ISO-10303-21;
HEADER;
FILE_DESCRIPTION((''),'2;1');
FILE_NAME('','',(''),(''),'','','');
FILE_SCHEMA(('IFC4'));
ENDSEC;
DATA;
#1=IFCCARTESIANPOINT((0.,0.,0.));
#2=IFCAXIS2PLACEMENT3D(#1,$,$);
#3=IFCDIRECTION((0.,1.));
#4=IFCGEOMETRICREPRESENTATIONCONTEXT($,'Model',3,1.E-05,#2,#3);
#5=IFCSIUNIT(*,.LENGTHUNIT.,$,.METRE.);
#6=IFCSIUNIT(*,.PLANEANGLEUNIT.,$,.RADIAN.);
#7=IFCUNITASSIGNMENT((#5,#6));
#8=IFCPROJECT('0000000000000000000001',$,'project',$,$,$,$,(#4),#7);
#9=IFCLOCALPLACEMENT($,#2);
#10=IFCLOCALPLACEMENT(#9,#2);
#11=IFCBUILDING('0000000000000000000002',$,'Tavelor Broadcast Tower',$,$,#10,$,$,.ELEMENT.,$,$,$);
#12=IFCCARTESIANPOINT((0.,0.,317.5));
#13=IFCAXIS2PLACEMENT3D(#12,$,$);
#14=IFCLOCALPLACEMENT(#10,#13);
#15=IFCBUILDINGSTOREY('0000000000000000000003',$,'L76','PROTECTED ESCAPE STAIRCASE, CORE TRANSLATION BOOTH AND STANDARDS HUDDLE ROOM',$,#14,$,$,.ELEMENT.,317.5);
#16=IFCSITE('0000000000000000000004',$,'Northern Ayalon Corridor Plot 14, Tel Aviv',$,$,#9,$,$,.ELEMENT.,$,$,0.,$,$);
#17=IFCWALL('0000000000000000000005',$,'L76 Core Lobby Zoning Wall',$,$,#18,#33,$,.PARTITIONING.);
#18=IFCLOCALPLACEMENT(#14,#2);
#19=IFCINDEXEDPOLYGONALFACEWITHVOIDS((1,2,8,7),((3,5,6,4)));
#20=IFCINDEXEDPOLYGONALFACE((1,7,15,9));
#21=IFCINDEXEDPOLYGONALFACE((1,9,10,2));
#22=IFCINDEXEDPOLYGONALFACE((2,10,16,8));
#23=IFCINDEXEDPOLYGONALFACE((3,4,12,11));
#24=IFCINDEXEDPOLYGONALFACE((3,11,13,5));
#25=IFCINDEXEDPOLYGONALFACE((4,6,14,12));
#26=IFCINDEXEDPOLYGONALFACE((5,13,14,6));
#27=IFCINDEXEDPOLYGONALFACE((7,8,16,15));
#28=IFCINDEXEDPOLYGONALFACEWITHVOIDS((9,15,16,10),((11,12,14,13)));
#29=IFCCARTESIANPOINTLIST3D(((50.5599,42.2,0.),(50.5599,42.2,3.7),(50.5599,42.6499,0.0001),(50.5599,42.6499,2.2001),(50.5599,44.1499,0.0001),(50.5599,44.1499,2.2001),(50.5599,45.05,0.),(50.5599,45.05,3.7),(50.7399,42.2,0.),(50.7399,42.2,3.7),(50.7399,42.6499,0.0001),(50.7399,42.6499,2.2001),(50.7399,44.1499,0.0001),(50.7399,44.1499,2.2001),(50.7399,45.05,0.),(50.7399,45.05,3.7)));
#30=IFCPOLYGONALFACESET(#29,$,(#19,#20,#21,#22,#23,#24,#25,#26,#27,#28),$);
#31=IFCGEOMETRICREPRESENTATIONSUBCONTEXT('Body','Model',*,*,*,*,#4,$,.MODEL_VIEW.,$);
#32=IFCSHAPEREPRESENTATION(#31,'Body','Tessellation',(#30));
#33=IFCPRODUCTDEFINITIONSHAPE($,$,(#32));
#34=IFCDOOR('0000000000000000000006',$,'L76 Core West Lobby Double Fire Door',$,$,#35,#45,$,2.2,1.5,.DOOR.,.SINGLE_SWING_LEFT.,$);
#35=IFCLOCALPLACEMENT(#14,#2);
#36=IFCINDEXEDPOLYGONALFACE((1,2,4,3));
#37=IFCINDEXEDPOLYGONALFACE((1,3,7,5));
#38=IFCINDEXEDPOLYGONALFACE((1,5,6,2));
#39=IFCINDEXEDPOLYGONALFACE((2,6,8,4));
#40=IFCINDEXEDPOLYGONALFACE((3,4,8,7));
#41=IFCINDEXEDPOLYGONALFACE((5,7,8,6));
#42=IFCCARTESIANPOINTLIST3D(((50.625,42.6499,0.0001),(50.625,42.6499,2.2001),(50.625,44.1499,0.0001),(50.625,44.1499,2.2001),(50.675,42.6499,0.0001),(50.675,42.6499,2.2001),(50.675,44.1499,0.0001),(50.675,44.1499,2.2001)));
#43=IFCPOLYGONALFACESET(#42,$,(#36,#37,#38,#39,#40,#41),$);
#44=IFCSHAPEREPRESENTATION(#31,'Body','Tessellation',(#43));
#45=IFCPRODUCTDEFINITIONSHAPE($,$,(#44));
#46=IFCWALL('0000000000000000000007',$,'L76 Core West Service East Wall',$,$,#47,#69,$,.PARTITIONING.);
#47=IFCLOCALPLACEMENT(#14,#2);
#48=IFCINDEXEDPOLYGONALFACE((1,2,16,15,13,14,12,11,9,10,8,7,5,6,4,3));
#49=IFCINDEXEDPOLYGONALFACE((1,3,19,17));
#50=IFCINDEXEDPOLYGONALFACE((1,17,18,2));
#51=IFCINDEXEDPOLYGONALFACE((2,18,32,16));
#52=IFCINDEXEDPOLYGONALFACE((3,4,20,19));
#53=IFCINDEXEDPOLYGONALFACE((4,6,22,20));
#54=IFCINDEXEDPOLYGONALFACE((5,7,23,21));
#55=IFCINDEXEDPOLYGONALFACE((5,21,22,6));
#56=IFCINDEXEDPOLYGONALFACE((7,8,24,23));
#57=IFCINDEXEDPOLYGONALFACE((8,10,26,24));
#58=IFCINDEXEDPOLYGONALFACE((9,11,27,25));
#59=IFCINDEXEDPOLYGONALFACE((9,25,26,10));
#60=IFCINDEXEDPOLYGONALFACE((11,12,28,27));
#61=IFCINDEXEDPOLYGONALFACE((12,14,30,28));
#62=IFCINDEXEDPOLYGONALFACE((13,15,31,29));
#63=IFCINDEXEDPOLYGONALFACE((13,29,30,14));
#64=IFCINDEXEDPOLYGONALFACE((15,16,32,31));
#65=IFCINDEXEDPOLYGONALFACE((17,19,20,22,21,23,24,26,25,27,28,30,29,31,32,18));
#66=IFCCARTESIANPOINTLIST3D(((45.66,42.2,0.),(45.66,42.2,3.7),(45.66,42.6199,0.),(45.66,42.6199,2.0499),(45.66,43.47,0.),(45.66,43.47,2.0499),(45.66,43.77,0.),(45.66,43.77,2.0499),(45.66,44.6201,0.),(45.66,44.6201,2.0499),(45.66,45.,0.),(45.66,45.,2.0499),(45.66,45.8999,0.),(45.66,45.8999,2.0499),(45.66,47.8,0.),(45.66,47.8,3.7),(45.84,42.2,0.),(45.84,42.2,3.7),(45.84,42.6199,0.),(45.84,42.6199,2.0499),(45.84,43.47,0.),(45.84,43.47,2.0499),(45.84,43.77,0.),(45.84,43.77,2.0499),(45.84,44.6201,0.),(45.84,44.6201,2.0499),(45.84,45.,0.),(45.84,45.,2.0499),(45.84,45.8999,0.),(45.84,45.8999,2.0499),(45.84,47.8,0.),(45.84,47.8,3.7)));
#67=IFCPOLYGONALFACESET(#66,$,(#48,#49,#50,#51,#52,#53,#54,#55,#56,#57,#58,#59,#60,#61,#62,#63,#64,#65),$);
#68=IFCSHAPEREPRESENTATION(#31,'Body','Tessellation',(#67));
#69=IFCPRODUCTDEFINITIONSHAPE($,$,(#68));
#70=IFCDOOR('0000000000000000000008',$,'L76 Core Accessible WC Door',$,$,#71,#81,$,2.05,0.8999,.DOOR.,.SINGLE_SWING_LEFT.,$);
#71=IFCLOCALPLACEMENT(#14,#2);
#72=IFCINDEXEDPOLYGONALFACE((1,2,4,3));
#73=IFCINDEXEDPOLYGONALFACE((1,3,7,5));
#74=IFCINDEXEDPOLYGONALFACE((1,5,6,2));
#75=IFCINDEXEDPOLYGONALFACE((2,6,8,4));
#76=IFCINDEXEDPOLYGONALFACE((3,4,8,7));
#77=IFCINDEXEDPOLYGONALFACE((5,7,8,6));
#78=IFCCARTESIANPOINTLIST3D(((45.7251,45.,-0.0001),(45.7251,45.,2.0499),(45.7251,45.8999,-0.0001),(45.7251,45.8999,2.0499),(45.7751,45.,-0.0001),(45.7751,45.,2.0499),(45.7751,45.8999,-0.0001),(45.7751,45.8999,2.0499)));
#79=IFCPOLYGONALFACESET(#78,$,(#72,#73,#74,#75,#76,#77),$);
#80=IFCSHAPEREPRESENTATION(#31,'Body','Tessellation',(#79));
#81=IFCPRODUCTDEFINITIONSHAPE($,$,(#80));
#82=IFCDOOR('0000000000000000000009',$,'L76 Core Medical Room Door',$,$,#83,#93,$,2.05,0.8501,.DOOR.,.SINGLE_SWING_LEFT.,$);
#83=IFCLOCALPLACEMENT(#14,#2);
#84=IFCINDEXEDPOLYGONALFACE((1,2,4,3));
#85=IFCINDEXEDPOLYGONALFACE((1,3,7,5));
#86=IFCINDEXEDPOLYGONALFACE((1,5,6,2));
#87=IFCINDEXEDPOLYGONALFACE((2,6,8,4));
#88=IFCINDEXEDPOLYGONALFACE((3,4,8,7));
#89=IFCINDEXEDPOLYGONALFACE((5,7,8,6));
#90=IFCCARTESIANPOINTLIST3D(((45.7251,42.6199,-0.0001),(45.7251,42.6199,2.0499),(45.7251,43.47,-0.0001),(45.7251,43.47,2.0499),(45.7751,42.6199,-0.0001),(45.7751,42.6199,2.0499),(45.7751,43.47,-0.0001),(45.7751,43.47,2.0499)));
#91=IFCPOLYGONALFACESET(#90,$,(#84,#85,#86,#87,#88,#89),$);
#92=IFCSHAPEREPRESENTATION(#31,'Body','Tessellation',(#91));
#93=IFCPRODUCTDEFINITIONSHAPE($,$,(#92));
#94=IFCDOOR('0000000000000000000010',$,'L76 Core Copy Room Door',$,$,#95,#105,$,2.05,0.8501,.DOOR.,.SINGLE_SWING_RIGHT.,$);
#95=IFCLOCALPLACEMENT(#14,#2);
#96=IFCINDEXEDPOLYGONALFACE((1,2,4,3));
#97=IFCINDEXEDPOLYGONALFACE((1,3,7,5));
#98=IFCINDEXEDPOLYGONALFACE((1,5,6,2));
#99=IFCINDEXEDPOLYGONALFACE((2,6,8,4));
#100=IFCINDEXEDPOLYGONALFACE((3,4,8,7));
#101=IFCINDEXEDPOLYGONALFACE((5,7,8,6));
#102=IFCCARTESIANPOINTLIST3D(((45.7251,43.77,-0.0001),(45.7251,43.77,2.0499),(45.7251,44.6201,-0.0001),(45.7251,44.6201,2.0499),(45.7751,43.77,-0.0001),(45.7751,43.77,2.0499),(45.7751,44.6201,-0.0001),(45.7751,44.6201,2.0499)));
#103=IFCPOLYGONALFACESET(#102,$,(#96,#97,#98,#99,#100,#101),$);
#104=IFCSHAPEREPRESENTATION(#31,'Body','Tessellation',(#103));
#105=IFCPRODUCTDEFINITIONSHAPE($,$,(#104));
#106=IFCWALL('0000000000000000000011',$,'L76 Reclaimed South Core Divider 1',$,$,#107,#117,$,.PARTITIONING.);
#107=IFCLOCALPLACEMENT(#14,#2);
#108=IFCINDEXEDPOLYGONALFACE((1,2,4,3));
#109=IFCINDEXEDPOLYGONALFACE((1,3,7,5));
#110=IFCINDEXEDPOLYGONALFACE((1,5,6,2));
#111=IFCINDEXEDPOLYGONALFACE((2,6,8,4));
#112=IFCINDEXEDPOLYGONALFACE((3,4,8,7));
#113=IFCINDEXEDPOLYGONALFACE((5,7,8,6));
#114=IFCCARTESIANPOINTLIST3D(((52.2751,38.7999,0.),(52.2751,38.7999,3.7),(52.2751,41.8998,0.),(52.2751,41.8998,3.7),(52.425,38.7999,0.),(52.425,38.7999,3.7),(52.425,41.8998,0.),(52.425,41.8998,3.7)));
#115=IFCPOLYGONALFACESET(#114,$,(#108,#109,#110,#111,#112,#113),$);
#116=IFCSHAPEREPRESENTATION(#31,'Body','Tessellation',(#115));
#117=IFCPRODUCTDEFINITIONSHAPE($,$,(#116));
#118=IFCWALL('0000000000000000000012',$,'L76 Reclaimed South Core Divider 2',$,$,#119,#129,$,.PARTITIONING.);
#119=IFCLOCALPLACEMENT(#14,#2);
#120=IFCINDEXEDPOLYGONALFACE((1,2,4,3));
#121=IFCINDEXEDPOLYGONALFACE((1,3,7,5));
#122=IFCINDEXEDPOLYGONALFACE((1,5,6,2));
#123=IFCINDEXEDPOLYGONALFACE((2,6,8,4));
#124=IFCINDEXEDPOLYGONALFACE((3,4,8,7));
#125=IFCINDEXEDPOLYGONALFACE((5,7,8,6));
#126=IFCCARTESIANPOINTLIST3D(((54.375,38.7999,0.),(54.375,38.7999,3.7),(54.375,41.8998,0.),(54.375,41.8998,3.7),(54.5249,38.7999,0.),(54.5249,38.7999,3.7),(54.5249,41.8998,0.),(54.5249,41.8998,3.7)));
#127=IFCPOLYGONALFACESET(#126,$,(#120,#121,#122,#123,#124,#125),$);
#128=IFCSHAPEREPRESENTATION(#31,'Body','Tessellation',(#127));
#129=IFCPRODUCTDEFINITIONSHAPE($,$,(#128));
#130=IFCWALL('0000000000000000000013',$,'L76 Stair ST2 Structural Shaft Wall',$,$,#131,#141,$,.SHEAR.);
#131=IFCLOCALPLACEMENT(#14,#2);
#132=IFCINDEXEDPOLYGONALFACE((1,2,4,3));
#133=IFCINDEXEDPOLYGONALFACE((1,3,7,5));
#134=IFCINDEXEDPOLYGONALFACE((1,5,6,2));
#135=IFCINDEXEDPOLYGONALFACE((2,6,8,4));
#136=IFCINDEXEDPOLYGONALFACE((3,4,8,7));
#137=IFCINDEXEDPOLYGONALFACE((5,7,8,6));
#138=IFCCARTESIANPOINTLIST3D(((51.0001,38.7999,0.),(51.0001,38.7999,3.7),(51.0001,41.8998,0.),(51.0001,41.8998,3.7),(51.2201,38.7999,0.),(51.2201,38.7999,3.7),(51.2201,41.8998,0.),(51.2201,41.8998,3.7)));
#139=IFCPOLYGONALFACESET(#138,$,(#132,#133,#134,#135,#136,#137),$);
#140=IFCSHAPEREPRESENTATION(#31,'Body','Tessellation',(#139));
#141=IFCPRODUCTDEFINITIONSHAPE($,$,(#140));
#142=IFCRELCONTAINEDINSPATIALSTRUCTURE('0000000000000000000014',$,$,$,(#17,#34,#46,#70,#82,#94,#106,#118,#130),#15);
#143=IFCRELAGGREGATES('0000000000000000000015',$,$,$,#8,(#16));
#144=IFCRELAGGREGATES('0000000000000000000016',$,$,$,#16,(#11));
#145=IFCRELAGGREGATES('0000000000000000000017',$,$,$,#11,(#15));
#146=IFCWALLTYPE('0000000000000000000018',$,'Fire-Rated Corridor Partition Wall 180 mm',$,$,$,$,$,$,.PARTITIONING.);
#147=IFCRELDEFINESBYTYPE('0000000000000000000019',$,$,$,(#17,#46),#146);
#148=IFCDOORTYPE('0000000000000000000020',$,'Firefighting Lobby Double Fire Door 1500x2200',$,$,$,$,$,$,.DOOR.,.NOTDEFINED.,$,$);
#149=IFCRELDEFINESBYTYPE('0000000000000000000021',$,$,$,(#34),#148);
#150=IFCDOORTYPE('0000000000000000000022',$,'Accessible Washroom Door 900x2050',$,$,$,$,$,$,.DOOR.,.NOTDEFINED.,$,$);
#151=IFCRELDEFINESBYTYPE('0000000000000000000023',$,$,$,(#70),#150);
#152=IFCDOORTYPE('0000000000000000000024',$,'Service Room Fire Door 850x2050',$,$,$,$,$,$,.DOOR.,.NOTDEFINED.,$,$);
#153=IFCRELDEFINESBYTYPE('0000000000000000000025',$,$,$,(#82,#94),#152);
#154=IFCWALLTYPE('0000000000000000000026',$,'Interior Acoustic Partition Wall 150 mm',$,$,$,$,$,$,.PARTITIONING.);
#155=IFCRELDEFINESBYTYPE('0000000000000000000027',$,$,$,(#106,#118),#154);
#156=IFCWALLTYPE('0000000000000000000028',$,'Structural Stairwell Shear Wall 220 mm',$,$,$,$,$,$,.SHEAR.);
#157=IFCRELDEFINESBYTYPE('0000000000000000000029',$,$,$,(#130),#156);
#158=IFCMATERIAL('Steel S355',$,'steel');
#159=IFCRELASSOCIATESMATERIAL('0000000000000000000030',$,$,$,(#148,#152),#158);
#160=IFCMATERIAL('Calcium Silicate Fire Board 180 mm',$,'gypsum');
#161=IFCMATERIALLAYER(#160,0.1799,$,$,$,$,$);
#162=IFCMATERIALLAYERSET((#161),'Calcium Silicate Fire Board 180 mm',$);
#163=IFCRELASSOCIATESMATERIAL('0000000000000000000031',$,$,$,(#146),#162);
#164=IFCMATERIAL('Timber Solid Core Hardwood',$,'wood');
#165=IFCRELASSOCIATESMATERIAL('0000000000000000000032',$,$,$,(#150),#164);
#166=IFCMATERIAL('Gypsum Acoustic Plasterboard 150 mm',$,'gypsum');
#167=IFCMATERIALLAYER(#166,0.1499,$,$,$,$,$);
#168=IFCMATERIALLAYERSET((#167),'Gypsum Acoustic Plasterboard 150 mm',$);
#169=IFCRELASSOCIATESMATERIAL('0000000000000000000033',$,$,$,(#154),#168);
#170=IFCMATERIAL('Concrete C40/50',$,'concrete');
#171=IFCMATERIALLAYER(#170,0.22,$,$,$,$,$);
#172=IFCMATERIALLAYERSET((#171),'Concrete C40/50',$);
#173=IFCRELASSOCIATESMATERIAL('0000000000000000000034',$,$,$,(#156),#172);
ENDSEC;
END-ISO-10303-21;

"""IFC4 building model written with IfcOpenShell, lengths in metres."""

from ifc_helpers import new_model, si_unit, direction, frame, frame_2d, origin, place, context, subcontext, project, spatial, rectangle, extrude, material, layer, layer_set, type_object, element, fill, save


model = new_model("IFC4")

# Units and contexts
model_context = context("Model", 3, precision=1e-05, world=origin(), true_north=direction((0.0, 1.0)))
body_context = subcontext(model_context, "Body", "Model", "MODEL_VIEW")
ifc_project = project(units=[si_unit("LENGTHUNIT", "METRE"), si_unit("PLANEANGLEUNIT", "RADIAN")], contexts=[model_context])

# Site, building, storey
site_placement = place(None, origin())
site = spatial("IfcSite", under=ifc_project, at=site_placement, Name="Northern Ayalon Corridor Plot 14, Tel Aviv", CompositionType="ELEMENT", RefElevation=0.0)
building_placement = place(site_placement, origin())
building = spatial("IfcBuilding", under=site, at=building_placement, Name="Tavelor Broadcast Tower", CompositionType="ELEMENT")
storey_placement = place(building_placement, frame((0.0, 0.0, 317.5)))
storey = spatial("IfcBuildingStorey", under=building, at=storey_placement, Name="L76", Description="PROTECTED ESCAPE STAIRCASE, CORE TRANSLATION BOOTH AND STANDARDS HUDDLE ROOM", CompositionType="ELEMENT", Elevation=317.5)

# Shared definitions
ifc_material_1 = material(Name="Concrete C40/50", Category="concrete")
ifc_material_2 = material(Name="Steel S355", Category="steel")

# Wall, opening, door
door_type_1 = type_object("IfcDoorType", Name="Firefighting Lobby Double Fire Door 1500x2200", OperationType="NOTDEFINED", PredefinedType="DOOR", material=ifc_material_2)
ifc_material_3 = material(Name="Calcium Silicate Fire Board 180 mm", Category="gypsum")
ifc_layer_1 = layer(ifc_material_3, 0.1799)
ifc_layer_set_1 = layer_set([ifc_layer_1], Name="Calcium Silicate Fire Board 180 mm")
wall_type_1 = type_object("IfcWallType", Name="Fire-Rated Corridor Partition Wall 180 mm", PredefinedType="PARTITIONING", material=ifc_layer_set_1)
wall_1_placement = place(storey_placement, frame((50.6499, 42.2, 0.0), z_axis=(0.0, 0.0, 1.0), x_axis=(0.0, 1.0, 0.0)))
wall_1 = element("IfcWall", 1, at=wall_1_placement, inside=storey, type_object=wall_type_1, Name="L76 Core Lobby Zoning Wall", PredefinedType="PARTITIONING", context=body_context, shape_type="SweptSolid", body=[
    extrude(rectangle(XDim=2.8501, YDim=0.1799, at=frame_2d((1.425, 0.0))), origin(), (0.0, 0.0, 1.0), 3.7),
])
opening_1_placement = place(wall_1_placement, frame((0.45, 0.0, 0.0)))
opening_1 = element("IfcOpeningElement", 2, at=opening_1_placement, cuts=wall_1, PredefinedType="OPENING", context=body_context, shape_type="SweptSolid", body=[
    extrude(rectangle(XDim=1.5, YDim=2.2, at=frame_2d((0.75, 1.1001))), frame((0.0, 0.1001, 0.0), z_axis=(0.0, -1.0, 0.0), x_axis=(1.0, 0.0, 0.0)), (0.0, 0.0, 1.0), 0.2),
])
door_1_placement = place(opening_1_placement, origin())
door_1 = element("IfcDoor", 3, at=door_1_placement, inside=storey, type_object=door_type_1, Name="L76 Core West Lobby Double Fire Door", OperationType="SINGLE_SWING_LEFT", OverallHeight=2.2, OverallWidth=1.5, PredefinedType="DOOR", context=body_context, shape_type="SweptSolid", body=[
    extrude(rectangle(XDim=1.5, YDim=2.2, at=frame_2d((0.75, 1.1001))), frame((0.0, 0.0249, 0.0), z_axis=(0.0, -1.0, 0.0), x_axis=(1.0, 0.0, 0.0)), (0.0, 0.0, 1.0), 0.05),
])
fill(opening_1, door_1)

# Wall, openings, doors
wall_2_placement = place(storey_placement, frame((45.75, 42.2, 0.0), z_axis=(0.0, 0.0, 1.0), x_axis=(0.0, 1.0, 0.0)))
wall_2 = element("IfcWall", 4, at=wall_2_placement, inside=storey, type_object=wall_type_1, Name="L76 Core West Service East Wall", PredefinedType="PARTITIONING", context=body_context, shape_type="SweptSolid", body=[
    extrude(rectangle(XDim=5.6001, YDim=0.1799, at=frame_2d((2.8, 0.0))), origin(), (0.0, 0.0, 1.0), 3.7),
])
opening_2_placement = place(wall_2_placement, frame((0.4199, 0.0, 0.0)))
opening_2 = element("IfcOpeningElement", 5, at=opening_2_placement, cuts=wall_2, PredefinedType="OPENING", context=body_context, shape_type="SweptSolid", body=[
    extrude(rectangle(XDim=0.8501, YDim=2.05, at=frame_2d((0.425, 1.0249))), frame((0.0, 0.1001, 0.0), z_axis=(0.0, -1.0, 0.0), x_axis=(1.0, 0.0, 0.0)), (0.0, 0.0, 1.0), 0.2),
])
opening_3_placement = place(wall_2_placement, frame((1.5701, 0.0, 0.0)))
opening_3 = element("IfcOpeningElement", 6, at=opening_3_placement, cuts=wall_2, PredefinedType="OPENING", context=body_context, shape_type="SweptSolid", body=[
    extrude(rectangle(XDim=0.8501, YDim=2.05, at=frame_2d((0.425, 1.0249))), frame((0.0, 0.1001, 0.0), z_axis=(0.0, -1.0, 0.0), x_axis=(1.0, 0.0, 0.0)), (0.0, 0.0, 1.0), 0.2),
])
opening_4_placement = place(wall_2_placement, frame((2.8, 0.0, 0.0)))
opening_4 = element("IfcOpeningElement", 7, at=opening_4_placement, cuts=wall_2, PredefinedType="OPENING", context=body_context, shape_type="SweptSolid", body=[
    extrude(rectangle(XDim=0.8999, YDim=2.05, at=frame_2d((0.45, 1.0249))), frame((0.0, 0.1001, 0.0), z_axis=(0.0, -1.0, 0.0), x_axis=(1.0, 0.0, 0.0)), (0.0, 0.0, 1.0), 0.2),
])
ifc_material_4 = material(Name="Timber Solid Core Hardwood", Category="wood")
door_type_2 = type_object("IfcDoorType", Name="Accessible Washroom Door 900x2050", OperationType="NOTDEFINED", PredefinedType="DOOR", material=ifc_material_4)
door_2_placement = place(opening_4_placement, origin())
door_2 = element("IfcDoor", 8, at=door_2_placement, inside=storey, type_object=door_type_2, Name="L76 Core Accessible WC Door", OperationType="SINGLE_SWING_LEFT", OverallHeight=2.05, OverallWidth=0.8999, PredefinedType="DOOR", context=body_context, shape_type="SweptSolid", body=[
    extrude(rectangle(XDim=0.8999, YDim=2.05, at=frame_2d((0.45, 1.0249))), frame((0.0, 0.0249, 0.0), z_axis=(0.0, -1.0, 0.0), x_axis=(1.0, 0.0, 0.0)), (0.0, 0.0, 1.0), 0.05),
])
fill(opening_4, door_2)
door_type_3 = type_object("IfcDoorType", Name="Service Room Fire Door 850x2050", OperationType="NOTDEFINED", PredefinedType="DOOR", material=ifc_material_2)
door_3_placement = place(opening_2_placement, origin())
door_3 = element("IfcDoor", 9, at=door_3_placement, inside=storey, type_object=door_type_3, Name="L76 Core Medical Room Door", OperationType="SINGLE_SWING_LEFT", OverallHeight=2.05, OverallWidth=0.8501, PredefinedType="DOOR", context=body_context, shape_type="SweptSolid", body=[
    extrude(rectangle(XDim=0.8501, YDim=2.05, at=frame_2d((0.425, 1.0249))), frame((0.0, 0.0249, 0.0), z_axis=(0.0, -1.0, 0.0), x_axis=(1.0, 0.0, 0.0)), (0.0, 0.0, 1.0), 0.05),
])
fill(opening_2, door_3)
door_4_placement = place(opening_3_placement, origin())
door_4 = element("IfcDoor", 10, at=door_4_placement, inside=storey, type_object=door_type_3, Name="L76 Core Copy Room Door", OperationType="SINGLE_SWING_RIGHT", OverallHeight=2.05, OverallWidth=0.8501, PredefinedType="DOOR", context=body_context, shape_type="SweptSolid", body=[
    extrude(rectangle(XDim=0.8501, YDim=2.05, at=frame_2d((0.425, 1.0249))), frame((0.0, 0.0249, 0.0), z_axis=(0.0, -1.0, 0.0), x_axis=(1.0, 0.0, 0.0)), (0.0, 0.0, 1.0), 0.05),
])
fill(opening_3, door_4)

# Walls
ifc_material_5 = material(Name="Gypsum Acoustic Plasterboard 150 mm", Category="gypsum")
ifc_layer_2 = layer(ifc_material_5, 0.1499)
ifc_layer_set_2 = layer_set([ifc_layer_2], Name="Gypsum Acoustic Plasterboard 150 mm")
wall_type_2 = type_object("IfcWallType", Name="Interior Acoustic Partition Wall 150 mm", PredefinedType="PARTITIONING", material=ifc_layer_set_2)
for number, where, z_axis, x_axis, name in (
    (11, (52.3501, 38.8, 0.0), (0.0, 0.0, 1.0), (0.0, 1.0, 0.0), "L76 Reclaimed South Core Divider 1"),
    (12, (54.45, 38.8, 0.0), (0.0, 0.0, 1.0), (0.0, 1.0, 0.0), "L76 Reclaimed South Core Divider 2"),
):
    element("IfcWall", number, at=place(storey_placement, frame(where, z_axis=z_axis, x_axis=x_axis)), inside=storey, type_object=wall_type_2, Name=name, PredefinedType="PARTITIONING", context=body_context, shape_type="SweptSolid", body=[
        extrude(rectangle(XDim=3.0999, YDim=0.1499, at=frame_2d((1.5498, 0.0))), origin(), (0.0, 0.0, 1.0), 3.7),
    ])
ifc_layer_3 = layer(ifc_material_1, 0.22)
ifc_layer_set_3 = layer_set([ifc_layer_3], Name="Concrete C40/50")
wall_type_3 = type_object("IfcWallType", Name="Structural Stairwell Shear Wall 220 mm", PredefinedType="SHEAR", material=ifc_layer_set_3)
wall_3_placement = place(storey_placement, frame((51.1101, 38.8, 0.0), z_axis=(0.0, 0.0, 1.0), x_axis=(0.0, 1.0, 0.0)))
element("IfcWall", 13, at=wall_3_placement, inside=storey, type_object=wall_type_3, Name="L76 Stair ST2 Structural Shaft Wall", PredefinedType="SHEAR", context=body_context, shape_type="SweptSolid", body=[
    extrude(rectangle(XDim=3.0999, YDim=0.22, at=frame_2d((1.5498, 0.0))), origin(), (0.0, 0.0, 1.0), 3.7),
])

save(model, "model.ifc")
